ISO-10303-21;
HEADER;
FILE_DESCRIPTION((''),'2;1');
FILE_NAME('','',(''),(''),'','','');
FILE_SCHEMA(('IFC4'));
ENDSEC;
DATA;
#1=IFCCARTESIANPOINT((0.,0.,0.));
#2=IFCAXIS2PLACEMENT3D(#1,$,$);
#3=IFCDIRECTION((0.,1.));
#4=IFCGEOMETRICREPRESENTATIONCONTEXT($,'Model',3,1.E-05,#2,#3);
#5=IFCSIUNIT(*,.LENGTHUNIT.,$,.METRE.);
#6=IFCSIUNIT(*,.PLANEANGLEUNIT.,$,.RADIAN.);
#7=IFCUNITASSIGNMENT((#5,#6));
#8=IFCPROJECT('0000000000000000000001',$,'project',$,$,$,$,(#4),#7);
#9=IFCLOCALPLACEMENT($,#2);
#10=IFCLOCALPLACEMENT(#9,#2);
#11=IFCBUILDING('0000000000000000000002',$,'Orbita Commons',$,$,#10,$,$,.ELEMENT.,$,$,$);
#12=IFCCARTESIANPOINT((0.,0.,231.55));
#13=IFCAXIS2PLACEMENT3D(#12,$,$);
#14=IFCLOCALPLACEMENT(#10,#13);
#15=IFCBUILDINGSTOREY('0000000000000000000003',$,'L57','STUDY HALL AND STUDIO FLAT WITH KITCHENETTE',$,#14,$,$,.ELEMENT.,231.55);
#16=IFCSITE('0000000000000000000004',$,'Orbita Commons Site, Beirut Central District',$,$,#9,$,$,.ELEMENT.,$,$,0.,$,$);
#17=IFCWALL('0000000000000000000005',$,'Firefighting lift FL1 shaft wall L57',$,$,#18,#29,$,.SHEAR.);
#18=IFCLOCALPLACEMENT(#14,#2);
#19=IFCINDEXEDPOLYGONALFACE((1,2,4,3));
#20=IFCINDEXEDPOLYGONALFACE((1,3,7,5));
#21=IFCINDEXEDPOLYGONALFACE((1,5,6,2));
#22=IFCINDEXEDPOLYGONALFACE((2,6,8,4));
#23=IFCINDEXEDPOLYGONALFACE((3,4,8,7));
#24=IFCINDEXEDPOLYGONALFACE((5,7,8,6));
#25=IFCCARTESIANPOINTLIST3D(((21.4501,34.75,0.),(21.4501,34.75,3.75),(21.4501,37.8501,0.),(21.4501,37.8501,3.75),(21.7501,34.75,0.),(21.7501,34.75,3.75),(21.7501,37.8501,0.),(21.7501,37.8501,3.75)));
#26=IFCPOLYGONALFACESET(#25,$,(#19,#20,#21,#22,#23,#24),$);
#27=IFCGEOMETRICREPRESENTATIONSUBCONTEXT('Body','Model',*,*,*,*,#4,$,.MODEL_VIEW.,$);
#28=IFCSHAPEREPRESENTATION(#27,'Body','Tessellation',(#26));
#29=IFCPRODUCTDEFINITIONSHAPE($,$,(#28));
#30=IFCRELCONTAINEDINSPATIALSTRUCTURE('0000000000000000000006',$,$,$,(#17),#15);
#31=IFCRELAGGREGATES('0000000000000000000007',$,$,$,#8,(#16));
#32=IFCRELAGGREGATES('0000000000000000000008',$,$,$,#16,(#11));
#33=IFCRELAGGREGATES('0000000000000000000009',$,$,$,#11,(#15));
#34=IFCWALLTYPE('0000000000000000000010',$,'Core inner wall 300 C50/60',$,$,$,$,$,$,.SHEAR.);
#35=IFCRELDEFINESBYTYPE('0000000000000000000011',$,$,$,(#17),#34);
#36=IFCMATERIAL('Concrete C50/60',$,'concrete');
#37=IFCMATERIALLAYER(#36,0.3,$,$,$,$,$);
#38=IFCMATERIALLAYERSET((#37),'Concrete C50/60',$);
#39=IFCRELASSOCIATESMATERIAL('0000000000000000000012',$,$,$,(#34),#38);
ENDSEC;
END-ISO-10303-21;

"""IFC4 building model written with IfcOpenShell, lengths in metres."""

from ifc_helpers import new_model, si_unit, direction, frame, frame_2d, origin, place, context, subcontext, project, spatial, rectangle, extrude, material, layer, layer_set, type_object, element, save


model = new_model("IFC4")

# Units and contexts
model_context = context("Model", 3, precision=1e-05, world=origin(), true_north=direction((0.0, 1.0)))
body_context = subcontext(model_context, "Body", "Model", "MODEL_VIEW")
ifc_project = project(units=[si_unit("LENGTHUNIT", "METRE"), si_unit("PLANEANGLEUNIT", "RADIAN")], contexts=[model_context])

# Site, building, storey
site_placement = place(None, origin())
site = spatial("IfcSite", under=ifc_project, at=site_placement, Name="Orbita Commons Site, Beirut Central District", CompositionType="ELEMENT", RefElevation=0.0)
building_placement = place(site_placement, origin())
building = spatial("IfcBuilding", under=site, at=building_placement, Name="Orbita Commons", CompositionType="ELEMENT")
storey_placement = place(building_placement, frame((0.0, 0.0, 231.55)))
storey = spatial("IfcBuildingStorey", under=building, at=storey_placement, Name="L57", Description="STUDY HALL AND STUDIO FLAT WITH KITCHENETTE", CompositionType="ELEMENT", Elevation=231.55)

# Shared definitions
ifc_material_1 = material(Name="Concrete C50/60", Category="concrete")
ifc_layer = layer(ifc_material_1, 0.3)
ifc_layer_set = layer_set([ifc_layer], Name="Concrete C50/60")
wall_type = type_object("IfcWallType", Name="Core inner wall 300 C50/60", PredefinedType="SHEAR", material=ifc_layer_set)

# Wall
wall_1_placement = place(storey_placement, frame((21.6001, 34.75, 0.0), z_axis=(0.0, 0.0, 1.0), x_axis=(0.0, 1.0, 0.0)))
element("IfcWall", 1, at=wall_1_placement, inside=storey, type_object=wall_type, Name="Firefighting lift FL1 shaft wall L57", PredefinedType="SHEAR", context=body_context, shape_type="SweptSolid", body=[
    extrude(rectangle(XDim=3.1001, YDim=0.3, at=frame_2d((1.55, 0.0))), origin(), (0.0, 0.0, 1.0), 3.75),
])

save(model, "model.ifc")
